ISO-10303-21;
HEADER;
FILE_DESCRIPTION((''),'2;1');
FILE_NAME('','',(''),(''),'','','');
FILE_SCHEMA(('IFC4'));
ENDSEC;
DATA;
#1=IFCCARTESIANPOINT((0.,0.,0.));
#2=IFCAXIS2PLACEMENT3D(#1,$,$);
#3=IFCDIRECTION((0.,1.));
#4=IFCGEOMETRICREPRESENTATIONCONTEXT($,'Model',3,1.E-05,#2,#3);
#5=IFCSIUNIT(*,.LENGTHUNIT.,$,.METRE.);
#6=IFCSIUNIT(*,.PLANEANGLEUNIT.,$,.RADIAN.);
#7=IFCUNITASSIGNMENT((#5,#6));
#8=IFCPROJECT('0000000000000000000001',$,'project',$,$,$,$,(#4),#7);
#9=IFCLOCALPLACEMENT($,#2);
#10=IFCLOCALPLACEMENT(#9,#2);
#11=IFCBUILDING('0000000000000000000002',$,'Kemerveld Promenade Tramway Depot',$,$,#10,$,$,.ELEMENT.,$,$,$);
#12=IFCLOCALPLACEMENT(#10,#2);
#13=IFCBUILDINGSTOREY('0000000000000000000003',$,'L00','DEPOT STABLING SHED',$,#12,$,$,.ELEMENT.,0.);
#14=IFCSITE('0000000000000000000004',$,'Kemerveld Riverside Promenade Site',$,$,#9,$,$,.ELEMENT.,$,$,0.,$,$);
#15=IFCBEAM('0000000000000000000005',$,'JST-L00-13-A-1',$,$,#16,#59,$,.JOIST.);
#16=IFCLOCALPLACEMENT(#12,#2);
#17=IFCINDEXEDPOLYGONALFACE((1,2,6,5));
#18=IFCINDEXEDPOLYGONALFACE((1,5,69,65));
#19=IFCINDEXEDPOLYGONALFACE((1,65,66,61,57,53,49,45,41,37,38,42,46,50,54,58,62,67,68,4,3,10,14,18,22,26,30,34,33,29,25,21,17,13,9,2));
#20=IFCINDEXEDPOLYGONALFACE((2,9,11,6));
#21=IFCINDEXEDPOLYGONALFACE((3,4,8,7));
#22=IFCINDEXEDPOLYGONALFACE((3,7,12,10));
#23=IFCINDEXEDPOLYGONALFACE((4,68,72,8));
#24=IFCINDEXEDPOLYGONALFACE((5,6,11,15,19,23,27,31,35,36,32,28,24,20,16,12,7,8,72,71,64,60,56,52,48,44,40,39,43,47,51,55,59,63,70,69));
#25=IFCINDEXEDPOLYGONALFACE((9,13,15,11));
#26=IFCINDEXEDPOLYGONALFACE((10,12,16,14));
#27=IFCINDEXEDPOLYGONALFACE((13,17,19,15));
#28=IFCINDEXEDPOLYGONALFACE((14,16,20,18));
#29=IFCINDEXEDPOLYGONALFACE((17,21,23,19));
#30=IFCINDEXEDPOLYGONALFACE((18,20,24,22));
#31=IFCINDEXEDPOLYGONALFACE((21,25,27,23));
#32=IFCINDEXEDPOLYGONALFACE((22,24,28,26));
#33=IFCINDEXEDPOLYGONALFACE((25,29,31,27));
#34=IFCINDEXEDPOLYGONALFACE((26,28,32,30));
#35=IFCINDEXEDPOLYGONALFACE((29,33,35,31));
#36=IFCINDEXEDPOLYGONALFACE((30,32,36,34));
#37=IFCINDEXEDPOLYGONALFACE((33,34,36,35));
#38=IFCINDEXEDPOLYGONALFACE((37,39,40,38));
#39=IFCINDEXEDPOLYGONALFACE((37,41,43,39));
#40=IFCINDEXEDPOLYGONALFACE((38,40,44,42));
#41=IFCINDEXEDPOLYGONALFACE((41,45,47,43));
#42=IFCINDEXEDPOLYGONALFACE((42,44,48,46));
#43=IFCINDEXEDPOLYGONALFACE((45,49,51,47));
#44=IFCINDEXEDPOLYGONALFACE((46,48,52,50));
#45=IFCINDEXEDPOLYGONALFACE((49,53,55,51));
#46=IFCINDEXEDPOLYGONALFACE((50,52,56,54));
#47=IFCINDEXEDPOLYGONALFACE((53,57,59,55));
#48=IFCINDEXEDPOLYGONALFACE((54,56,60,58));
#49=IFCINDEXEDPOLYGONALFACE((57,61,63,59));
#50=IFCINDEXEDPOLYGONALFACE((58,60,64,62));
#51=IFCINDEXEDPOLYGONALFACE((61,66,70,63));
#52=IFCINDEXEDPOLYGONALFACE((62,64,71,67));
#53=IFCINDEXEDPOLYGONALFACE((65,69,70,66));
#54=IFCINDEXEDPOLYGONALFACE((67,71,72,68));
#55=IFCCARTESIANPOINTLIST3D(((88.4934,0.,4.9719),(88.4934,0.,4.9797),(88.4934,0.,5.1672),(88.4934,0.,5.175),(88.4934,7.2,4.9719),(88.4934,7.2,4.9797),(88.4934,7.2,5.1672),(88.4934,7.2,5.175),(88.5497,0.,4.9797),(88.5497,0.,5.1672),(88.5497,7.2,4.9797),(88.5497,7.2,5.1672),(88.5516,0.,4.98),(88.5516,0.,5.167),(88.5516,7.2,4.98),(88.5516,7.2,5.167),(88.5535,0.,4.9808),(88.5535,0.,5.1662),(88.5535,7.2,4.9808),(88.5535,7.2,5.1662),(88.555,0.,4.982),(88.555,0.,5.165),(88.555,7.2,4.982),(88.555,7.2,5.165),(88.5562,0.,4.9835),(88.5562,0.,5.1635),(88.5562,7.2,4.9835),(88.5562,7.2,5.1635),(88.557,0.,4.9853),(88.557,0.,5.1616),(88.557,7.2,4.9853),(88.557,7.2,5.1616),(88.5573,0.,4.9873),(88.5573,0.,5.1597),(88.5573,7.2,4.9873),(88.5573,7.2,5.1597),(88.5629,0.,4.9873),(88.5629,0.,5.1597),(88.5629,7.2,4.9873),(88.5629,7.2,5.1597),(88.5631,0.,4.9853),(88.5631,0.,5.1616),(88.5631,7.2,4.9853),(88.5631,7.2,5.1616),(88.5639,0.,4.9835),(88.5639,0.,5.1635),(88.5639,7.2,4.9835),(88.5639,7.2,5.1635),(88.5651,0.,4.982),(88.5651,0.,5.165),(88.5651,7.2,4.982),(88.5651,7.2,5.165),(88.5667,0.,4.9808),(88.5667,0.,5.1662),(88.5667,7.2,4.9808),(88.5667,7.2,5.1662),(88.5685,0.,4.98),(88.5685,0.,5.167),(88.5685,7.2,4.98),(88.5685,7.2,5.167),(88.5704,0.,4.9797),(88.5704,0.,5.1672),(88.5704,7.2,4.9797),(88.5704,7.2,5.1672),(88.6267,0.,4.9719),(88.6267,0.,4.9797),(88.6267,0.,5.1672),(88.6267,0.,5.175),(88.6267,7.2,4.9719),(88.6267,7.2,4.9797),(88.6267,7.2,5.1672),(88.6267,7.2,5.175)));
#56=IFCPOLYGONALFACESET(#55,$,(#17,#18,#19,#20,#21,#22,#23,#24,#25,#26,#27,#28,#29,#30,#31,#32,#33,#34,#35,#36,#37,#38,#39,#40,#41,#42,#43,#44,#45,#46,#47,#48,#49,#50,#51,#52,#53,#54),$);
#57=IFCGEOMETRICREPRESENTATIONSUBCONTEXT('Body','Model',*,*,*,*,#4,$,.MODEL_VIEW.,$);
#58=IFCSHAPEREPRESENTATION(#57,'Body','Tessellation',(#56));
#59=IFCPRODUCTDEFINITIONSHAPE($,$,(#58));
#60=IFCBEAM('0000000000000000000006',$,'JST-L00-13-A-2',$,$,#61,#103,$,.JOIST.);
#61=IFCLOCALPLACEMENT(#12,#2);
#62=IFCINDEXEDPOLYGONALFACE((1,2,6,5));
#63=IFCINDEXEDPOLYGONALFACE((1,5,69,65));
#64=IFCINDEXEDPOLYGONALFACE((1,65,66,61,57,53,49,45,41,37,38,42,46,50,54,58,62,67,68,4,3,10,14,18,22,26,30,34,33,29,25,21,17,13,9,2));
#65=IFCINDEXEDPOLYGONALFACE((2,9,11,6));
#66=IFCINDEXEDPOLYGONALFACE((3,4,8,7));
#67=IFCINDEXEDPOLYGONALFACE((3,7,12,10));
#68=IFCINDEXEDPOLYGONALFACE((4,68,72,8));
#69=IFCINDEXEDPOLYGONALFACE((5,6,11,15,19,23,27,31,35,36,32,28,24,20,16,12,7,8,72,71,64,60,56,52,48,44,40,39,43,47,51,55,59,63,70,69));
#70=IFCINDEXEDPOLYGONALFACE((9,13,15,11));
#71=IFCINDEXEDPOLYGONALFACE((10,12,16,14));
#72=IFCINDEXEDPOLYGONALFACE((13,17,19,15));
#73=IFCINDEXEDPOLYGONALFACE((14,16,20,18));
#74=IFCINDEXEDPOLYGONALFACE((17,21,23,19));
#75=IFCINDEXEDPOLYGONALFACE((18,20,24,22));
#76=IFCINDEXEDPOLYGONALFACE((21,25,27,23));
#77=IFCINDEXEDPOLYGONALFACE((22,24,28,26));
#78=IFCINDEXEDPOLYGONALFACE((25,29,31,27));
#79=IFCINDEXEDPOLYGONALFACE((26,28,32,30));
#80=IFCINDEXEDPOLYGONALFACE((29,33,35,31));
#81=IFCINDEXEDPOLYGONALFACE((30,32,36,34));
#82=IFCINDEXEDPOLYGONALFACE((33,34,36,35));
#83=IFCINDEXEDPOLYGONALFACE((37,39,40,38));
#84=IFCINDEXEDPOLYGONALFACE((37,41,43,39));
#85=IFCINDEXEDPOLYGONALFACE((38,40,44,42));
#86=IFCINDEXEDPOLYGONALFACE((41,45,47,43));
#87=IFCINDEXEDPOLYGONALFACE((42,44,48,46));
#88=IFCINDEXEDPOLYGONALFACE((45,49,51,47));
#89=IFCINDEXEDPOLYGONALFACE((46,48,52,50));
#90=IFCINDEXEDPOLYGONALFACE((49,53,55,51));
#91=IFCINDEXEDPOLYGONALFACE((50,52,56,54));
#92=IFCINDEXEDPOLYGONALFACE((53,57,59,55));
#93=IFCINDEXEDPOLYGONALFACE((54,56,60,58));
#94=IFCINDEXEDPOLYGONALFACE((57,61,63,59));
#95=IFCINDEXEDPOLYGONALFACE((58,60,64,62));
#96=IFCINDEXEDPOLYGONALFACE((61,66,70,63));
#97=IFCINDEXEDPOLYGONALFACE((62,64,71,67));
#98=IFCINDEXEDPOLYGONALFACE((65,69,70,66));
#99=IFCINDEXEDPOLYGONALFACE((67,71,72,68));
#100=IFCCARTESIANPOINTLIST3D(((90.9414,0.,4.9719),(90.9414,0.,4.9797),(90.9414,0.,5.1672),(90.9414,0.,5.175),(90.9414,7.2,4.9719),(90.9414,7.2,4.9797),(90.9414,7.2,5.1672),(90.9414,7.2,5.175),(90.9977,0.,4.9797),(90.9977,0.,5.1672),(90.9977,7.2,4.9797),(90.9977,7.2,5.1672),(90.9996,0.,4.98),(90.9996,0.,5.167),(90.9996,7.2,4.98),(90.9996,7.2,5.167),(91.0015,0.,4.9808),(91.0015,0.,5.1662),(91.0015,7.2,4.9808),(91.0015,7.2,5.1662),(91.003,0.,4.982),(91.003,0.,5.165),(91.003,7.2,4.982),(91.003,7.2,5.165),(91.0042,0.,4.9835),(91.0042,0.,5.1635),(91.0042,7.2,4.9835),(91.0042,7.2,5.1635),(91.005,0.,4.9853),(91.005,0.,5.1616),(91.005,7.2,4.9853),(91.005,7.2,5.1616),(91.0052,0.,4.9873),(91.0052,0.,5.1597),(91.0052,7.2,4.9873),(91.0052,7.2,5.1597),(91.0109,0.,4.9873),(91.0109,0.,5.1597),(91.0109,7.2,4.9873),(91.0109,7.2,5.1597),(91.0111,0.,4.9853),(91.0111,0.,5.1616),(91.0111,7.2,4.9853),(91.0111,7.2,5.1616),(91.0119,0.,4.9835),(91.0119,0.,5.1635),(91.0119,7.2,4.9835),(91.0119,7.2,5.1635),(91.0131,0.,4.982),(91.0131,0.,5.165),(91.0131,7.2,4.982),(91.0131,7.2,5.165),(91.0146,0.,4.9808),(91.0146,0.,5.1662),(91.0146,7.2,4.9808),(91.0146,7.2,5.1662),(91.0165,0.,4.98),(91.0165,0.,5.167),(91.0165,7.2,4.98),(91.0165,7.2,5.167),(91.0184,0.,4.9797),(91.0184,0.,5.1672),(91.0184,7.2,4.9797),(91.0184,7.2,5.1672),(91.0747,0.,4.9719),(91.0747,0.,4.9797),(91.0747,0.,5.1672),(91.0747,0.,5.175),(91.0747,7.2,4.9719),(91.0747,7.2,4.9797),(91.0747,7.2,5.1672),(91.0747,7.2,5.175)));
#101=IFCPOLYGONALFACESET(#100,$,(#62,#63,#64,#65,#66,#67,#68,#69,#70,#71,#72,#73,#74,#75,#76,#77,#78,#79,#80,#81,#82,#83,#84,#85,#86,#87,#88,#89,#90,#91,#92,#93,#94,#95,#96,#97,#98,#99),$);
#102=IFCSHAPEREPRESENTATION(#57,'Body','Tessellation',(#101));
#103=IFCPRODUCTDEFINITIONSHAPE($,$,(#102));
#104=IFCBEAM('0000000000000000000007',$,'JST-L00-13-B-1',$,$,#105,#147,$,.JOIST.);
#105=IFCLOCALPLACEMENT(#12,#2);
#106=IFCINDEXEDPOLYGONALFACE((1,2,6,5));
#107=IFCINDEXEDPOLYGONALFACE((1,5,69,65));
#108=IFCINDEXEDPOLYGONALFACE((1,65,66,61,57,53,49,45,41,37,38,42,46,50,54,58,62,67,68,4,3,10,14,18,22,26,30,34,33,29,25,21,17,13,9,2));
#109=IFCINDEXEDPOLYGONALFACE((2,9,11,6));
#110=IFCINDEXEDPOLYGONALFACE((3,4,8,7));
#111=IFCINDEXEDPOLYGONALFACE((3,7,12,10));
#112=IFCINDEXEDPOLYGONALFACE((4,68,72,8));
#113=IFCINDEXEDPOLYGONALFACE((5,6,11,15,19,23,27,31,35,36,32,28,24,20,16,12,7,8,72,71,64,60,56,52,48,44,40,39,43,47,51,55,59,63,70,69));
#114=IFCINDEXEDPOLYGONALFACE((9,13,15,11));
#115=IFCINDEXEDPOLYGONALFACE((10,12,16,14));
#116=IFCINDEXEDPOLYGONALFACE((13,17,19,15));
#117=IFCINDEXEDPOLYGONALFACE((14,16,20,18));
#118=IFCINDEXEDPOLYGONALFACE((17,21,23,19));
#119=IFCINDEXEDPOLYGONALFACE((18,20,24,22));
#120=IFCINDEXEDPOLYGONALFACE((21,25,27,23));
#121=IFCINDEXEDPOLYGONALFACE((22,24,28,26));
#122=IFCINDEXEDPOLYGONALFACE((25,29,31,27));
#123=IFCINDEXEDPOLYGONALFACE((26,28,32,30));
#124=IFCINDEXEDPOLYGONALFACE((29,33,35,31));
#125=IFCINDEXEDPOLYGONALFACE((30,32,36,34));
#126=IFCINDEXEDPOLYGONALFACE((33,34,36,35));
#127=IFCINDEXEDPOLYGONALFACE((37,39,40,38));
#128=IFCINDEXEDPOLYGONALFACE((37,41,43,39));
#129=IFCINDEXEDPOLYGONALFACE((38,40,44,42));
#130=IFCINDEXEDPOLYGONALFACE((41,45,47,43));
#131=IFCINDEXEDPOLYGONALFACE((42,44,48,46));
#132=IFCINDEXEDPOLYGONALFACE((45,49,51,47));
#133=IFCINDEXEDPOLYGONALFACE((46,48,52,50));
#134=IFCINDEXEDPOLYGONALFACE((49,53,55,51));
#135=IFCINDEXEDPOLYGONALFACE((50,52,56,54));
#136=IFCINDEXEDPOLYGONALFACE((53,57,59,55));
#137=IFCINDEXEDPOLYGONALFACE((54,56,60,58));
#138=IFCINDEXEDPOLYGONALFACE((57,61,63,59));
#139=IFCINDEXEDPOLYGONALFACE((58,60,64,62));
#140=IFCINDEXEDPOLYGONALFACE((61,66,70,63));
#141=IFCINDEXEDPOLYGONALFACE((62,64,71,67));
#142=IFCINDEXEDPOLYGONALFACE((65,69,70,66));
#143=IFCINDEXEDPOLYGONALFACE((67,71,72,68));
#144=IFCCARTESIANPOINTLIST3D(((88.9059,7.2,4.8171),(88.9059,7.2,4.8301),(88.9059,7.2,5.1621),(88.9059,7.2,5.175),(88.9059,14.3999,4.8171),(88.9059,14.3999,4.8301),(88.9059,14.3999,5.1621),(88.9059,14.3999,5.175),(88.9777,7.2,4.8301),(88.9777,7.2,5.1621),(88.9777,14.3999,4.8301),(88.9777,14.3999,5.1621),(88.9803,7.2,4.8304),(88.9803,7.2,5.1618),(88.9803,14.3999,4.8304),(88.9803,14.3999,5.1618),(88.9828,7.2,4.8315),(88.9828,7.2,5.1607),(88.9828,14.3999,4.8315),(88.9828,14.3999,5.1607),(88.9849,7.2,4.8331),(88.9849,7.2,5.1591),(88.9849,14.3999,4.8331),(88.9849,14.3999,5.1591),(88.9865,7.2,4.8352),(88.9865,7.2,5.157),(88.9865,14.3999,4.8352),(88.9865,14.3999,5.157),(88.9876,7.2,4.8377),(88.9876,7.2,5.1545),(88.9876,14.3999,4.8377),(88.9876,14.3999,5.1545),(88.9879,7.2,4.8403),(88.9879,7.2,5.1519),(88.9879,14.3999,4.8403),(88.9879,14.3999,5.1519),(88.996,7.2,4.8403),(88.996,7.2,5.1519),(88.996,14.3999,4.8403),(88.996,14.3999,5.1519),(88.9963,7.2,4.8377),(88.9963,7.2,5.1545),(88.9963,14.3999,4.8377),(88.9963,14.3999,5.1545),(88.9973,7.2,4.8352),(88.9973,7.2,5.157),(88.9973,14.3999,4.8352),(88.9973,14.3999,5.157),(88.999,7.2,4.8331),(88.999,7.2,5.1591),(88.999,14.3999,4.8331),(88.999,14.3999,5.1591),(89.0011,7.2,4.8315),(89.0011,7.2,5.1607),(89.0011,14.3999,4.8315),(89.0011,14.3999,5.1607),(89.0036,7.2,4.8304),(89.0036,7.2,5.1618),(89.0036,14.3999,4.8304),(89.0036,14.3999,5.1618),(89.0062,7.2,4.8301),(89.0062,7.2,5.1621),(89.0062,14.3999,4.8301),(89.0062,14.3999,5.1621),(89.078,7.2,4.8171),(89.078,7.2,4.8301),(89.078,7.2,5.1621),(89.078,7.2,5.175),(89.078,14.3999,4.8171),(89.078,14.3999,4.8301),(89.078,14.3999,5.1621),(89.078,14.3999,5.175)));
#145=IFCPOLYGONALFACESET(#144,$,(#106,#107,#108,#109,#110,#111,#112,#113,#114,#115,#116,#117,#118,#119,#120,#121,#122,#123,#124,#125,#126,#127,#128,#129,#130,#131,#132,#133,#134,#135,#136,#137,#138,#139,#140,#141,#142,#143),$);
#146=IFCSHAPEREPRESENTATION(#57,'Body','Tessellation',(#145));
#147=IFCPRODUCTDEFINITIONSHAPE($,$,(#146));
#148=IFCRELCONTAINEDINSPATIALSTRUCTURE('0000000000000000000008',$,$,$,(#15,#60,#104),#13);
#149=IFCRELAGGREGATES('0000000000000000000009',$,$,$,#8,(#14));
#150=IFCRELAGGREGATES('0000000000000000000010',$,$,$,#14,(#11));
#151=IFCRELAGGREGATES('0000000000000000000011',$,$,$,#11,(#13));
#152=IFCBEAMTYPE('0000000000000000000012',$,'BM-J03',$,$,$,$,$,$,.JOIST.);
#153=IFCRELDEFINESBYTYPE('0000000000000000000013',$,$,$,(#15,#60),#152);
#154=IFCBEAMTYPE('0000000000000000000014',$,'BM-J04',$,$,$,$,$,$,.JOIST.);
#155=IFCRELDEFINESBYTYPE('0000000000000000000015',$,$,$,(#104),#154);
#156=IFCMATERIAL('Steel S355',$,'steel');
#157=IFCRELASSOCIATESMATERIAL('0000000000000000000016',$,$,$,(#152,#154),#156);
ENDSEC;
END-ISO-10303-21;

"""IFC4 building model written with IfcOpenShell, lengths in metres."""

from ifc_helpers import new_model, si_unit, direction, frame, origin, origin_2d, place, context, subcontext, project, spatial, i_section, extrude, material, material_profile, profile_set, type_object, element, save


model = new_model("IFC4")

# Units and contexts
model_context = context("Model", 3, precision=1e-05, world=origin(), true_north=direction((0.0, 1.0)))
body_context = subcontext(model_context, "Body", "Model", "MODEL_VIEW")
ifc_project = project(units=[si_unit("LENGTHUNIT", "METRE"), si_unit("PLANEANGLEUNIT", "RADIAN")], contexts=[model_context])

# Site, building, storey
site_placement = place(None, origin())
site = spatial("IfcSite", under=ifc_project, at=site_placement, Name="Kemerveld Riverside Promenade Site", CompositionType="ELEMENT", RefElevation=0.0)
building_placement = place(site_placement, origin())
building = spatial("IfcBuilding", under=site, at=building_placement, Name="Kemerveld Promenade Tramway Depot", CompositionType="ELEMENT")
storey_placement = place(building_placement, origin())
storey = spatial("IfcBuildingStorey", under=building, at=storey_placement, Name="L00", Description="DEPOT STABLING SHED", CompositionType="ELEMENT", Elevation=0.0)

# Beams
ifc_material_1 = material(Name="Steel S355", Category="steel")
ifc_material_profile_1 = material_profile(ifc_material_1, i_section(OverallWidth=0.1333, OverallDepth=0.2031, WebThickness=0.0056, FlangeThickness=0.0078, FilletRadius=0.0076, at=origin_2d()), Name="203x133x25 UB")
ifc_profile_set_1 = profile_set([ifc_material_profile_1], Name="Steel S355")
beam_type_1 = type_object("IfcBeamType", Name="BM-J03", PredefinedType="JOIST", material=ifc_profile_set_1)
for number, where, z_axis, x_axis, name in (
    (1, (88.5601, 0.0, 5.0735), (0.0, 1.0, 0.0), (-1.0, 0.0, 0.0), "JST-L00-13-A-1"),
    (2, (91.0081, 0.0, 5.0735), (0.0, 1.0, 0.0), (-1.0, 0.0, 0.0), "JST-L00-13-A-2"),
):
    element("IfcBeam", number, at=place(storey_placement, frame(where, z_axis=z_axis, x_axis=x_axis)), inside=storey, type_object=beam_type_1, Name=name, PredefinedType="JOIST", context=body_context, shape_type="SweptSolid", body=[
        extrude(i_section(OverallWidth=0.1333, OverallDepth=0.2031, WebThickness=0.0056, FlangeThickness=0.0078, FilletRadius=0.0076, at=origin_2d()), origin(), (0.0, 0.0, 1.0), 7.2),
    ])
ifc_material_profile_2 = material_profile(ifc_material_1, i_section(OverallWidth=0.1721, OverallDepth=0.3579, WebThickness=0.0081, FlangeThickness=0.0129, FilletRadius=0.0103, at=origin_2d()), Name="356x171x57 UB")
ifc_profile_set_2 = profile_set([ifc_material_profile_2], Name="Steel S355")
beam_type_2 = type_object("IfcBeamType", Name="BM-J04", PredefinedType="JOIST", material=ifc_profile_set_2)
beam_1_placement = place(storey_placement, frame((88.9919, 7.2, 4.9961), z_axis=(0.0, 1.0, 0.0), x_axis=(-1.0, 0.0, 0.0)))
element("IfcBeam", 3, at=beam_1_placement, inside=storey, type_object=beam_type_2, Name="JST-L00-13-B-1", PredefinedType="JOIST", context=body_context, shape_type="SweptSolid", body=[
    extrude(i_section(OverallWidth=0.1721, OverallDepth=0.3579, WebThickness=0.0081, FlangeThickness=0.0129, FilletRadius=0.0103, at=origin_2d()), origin(), (0.0, 0.0, 1.0), 7.2),
])

save(model, "model.ifc")
